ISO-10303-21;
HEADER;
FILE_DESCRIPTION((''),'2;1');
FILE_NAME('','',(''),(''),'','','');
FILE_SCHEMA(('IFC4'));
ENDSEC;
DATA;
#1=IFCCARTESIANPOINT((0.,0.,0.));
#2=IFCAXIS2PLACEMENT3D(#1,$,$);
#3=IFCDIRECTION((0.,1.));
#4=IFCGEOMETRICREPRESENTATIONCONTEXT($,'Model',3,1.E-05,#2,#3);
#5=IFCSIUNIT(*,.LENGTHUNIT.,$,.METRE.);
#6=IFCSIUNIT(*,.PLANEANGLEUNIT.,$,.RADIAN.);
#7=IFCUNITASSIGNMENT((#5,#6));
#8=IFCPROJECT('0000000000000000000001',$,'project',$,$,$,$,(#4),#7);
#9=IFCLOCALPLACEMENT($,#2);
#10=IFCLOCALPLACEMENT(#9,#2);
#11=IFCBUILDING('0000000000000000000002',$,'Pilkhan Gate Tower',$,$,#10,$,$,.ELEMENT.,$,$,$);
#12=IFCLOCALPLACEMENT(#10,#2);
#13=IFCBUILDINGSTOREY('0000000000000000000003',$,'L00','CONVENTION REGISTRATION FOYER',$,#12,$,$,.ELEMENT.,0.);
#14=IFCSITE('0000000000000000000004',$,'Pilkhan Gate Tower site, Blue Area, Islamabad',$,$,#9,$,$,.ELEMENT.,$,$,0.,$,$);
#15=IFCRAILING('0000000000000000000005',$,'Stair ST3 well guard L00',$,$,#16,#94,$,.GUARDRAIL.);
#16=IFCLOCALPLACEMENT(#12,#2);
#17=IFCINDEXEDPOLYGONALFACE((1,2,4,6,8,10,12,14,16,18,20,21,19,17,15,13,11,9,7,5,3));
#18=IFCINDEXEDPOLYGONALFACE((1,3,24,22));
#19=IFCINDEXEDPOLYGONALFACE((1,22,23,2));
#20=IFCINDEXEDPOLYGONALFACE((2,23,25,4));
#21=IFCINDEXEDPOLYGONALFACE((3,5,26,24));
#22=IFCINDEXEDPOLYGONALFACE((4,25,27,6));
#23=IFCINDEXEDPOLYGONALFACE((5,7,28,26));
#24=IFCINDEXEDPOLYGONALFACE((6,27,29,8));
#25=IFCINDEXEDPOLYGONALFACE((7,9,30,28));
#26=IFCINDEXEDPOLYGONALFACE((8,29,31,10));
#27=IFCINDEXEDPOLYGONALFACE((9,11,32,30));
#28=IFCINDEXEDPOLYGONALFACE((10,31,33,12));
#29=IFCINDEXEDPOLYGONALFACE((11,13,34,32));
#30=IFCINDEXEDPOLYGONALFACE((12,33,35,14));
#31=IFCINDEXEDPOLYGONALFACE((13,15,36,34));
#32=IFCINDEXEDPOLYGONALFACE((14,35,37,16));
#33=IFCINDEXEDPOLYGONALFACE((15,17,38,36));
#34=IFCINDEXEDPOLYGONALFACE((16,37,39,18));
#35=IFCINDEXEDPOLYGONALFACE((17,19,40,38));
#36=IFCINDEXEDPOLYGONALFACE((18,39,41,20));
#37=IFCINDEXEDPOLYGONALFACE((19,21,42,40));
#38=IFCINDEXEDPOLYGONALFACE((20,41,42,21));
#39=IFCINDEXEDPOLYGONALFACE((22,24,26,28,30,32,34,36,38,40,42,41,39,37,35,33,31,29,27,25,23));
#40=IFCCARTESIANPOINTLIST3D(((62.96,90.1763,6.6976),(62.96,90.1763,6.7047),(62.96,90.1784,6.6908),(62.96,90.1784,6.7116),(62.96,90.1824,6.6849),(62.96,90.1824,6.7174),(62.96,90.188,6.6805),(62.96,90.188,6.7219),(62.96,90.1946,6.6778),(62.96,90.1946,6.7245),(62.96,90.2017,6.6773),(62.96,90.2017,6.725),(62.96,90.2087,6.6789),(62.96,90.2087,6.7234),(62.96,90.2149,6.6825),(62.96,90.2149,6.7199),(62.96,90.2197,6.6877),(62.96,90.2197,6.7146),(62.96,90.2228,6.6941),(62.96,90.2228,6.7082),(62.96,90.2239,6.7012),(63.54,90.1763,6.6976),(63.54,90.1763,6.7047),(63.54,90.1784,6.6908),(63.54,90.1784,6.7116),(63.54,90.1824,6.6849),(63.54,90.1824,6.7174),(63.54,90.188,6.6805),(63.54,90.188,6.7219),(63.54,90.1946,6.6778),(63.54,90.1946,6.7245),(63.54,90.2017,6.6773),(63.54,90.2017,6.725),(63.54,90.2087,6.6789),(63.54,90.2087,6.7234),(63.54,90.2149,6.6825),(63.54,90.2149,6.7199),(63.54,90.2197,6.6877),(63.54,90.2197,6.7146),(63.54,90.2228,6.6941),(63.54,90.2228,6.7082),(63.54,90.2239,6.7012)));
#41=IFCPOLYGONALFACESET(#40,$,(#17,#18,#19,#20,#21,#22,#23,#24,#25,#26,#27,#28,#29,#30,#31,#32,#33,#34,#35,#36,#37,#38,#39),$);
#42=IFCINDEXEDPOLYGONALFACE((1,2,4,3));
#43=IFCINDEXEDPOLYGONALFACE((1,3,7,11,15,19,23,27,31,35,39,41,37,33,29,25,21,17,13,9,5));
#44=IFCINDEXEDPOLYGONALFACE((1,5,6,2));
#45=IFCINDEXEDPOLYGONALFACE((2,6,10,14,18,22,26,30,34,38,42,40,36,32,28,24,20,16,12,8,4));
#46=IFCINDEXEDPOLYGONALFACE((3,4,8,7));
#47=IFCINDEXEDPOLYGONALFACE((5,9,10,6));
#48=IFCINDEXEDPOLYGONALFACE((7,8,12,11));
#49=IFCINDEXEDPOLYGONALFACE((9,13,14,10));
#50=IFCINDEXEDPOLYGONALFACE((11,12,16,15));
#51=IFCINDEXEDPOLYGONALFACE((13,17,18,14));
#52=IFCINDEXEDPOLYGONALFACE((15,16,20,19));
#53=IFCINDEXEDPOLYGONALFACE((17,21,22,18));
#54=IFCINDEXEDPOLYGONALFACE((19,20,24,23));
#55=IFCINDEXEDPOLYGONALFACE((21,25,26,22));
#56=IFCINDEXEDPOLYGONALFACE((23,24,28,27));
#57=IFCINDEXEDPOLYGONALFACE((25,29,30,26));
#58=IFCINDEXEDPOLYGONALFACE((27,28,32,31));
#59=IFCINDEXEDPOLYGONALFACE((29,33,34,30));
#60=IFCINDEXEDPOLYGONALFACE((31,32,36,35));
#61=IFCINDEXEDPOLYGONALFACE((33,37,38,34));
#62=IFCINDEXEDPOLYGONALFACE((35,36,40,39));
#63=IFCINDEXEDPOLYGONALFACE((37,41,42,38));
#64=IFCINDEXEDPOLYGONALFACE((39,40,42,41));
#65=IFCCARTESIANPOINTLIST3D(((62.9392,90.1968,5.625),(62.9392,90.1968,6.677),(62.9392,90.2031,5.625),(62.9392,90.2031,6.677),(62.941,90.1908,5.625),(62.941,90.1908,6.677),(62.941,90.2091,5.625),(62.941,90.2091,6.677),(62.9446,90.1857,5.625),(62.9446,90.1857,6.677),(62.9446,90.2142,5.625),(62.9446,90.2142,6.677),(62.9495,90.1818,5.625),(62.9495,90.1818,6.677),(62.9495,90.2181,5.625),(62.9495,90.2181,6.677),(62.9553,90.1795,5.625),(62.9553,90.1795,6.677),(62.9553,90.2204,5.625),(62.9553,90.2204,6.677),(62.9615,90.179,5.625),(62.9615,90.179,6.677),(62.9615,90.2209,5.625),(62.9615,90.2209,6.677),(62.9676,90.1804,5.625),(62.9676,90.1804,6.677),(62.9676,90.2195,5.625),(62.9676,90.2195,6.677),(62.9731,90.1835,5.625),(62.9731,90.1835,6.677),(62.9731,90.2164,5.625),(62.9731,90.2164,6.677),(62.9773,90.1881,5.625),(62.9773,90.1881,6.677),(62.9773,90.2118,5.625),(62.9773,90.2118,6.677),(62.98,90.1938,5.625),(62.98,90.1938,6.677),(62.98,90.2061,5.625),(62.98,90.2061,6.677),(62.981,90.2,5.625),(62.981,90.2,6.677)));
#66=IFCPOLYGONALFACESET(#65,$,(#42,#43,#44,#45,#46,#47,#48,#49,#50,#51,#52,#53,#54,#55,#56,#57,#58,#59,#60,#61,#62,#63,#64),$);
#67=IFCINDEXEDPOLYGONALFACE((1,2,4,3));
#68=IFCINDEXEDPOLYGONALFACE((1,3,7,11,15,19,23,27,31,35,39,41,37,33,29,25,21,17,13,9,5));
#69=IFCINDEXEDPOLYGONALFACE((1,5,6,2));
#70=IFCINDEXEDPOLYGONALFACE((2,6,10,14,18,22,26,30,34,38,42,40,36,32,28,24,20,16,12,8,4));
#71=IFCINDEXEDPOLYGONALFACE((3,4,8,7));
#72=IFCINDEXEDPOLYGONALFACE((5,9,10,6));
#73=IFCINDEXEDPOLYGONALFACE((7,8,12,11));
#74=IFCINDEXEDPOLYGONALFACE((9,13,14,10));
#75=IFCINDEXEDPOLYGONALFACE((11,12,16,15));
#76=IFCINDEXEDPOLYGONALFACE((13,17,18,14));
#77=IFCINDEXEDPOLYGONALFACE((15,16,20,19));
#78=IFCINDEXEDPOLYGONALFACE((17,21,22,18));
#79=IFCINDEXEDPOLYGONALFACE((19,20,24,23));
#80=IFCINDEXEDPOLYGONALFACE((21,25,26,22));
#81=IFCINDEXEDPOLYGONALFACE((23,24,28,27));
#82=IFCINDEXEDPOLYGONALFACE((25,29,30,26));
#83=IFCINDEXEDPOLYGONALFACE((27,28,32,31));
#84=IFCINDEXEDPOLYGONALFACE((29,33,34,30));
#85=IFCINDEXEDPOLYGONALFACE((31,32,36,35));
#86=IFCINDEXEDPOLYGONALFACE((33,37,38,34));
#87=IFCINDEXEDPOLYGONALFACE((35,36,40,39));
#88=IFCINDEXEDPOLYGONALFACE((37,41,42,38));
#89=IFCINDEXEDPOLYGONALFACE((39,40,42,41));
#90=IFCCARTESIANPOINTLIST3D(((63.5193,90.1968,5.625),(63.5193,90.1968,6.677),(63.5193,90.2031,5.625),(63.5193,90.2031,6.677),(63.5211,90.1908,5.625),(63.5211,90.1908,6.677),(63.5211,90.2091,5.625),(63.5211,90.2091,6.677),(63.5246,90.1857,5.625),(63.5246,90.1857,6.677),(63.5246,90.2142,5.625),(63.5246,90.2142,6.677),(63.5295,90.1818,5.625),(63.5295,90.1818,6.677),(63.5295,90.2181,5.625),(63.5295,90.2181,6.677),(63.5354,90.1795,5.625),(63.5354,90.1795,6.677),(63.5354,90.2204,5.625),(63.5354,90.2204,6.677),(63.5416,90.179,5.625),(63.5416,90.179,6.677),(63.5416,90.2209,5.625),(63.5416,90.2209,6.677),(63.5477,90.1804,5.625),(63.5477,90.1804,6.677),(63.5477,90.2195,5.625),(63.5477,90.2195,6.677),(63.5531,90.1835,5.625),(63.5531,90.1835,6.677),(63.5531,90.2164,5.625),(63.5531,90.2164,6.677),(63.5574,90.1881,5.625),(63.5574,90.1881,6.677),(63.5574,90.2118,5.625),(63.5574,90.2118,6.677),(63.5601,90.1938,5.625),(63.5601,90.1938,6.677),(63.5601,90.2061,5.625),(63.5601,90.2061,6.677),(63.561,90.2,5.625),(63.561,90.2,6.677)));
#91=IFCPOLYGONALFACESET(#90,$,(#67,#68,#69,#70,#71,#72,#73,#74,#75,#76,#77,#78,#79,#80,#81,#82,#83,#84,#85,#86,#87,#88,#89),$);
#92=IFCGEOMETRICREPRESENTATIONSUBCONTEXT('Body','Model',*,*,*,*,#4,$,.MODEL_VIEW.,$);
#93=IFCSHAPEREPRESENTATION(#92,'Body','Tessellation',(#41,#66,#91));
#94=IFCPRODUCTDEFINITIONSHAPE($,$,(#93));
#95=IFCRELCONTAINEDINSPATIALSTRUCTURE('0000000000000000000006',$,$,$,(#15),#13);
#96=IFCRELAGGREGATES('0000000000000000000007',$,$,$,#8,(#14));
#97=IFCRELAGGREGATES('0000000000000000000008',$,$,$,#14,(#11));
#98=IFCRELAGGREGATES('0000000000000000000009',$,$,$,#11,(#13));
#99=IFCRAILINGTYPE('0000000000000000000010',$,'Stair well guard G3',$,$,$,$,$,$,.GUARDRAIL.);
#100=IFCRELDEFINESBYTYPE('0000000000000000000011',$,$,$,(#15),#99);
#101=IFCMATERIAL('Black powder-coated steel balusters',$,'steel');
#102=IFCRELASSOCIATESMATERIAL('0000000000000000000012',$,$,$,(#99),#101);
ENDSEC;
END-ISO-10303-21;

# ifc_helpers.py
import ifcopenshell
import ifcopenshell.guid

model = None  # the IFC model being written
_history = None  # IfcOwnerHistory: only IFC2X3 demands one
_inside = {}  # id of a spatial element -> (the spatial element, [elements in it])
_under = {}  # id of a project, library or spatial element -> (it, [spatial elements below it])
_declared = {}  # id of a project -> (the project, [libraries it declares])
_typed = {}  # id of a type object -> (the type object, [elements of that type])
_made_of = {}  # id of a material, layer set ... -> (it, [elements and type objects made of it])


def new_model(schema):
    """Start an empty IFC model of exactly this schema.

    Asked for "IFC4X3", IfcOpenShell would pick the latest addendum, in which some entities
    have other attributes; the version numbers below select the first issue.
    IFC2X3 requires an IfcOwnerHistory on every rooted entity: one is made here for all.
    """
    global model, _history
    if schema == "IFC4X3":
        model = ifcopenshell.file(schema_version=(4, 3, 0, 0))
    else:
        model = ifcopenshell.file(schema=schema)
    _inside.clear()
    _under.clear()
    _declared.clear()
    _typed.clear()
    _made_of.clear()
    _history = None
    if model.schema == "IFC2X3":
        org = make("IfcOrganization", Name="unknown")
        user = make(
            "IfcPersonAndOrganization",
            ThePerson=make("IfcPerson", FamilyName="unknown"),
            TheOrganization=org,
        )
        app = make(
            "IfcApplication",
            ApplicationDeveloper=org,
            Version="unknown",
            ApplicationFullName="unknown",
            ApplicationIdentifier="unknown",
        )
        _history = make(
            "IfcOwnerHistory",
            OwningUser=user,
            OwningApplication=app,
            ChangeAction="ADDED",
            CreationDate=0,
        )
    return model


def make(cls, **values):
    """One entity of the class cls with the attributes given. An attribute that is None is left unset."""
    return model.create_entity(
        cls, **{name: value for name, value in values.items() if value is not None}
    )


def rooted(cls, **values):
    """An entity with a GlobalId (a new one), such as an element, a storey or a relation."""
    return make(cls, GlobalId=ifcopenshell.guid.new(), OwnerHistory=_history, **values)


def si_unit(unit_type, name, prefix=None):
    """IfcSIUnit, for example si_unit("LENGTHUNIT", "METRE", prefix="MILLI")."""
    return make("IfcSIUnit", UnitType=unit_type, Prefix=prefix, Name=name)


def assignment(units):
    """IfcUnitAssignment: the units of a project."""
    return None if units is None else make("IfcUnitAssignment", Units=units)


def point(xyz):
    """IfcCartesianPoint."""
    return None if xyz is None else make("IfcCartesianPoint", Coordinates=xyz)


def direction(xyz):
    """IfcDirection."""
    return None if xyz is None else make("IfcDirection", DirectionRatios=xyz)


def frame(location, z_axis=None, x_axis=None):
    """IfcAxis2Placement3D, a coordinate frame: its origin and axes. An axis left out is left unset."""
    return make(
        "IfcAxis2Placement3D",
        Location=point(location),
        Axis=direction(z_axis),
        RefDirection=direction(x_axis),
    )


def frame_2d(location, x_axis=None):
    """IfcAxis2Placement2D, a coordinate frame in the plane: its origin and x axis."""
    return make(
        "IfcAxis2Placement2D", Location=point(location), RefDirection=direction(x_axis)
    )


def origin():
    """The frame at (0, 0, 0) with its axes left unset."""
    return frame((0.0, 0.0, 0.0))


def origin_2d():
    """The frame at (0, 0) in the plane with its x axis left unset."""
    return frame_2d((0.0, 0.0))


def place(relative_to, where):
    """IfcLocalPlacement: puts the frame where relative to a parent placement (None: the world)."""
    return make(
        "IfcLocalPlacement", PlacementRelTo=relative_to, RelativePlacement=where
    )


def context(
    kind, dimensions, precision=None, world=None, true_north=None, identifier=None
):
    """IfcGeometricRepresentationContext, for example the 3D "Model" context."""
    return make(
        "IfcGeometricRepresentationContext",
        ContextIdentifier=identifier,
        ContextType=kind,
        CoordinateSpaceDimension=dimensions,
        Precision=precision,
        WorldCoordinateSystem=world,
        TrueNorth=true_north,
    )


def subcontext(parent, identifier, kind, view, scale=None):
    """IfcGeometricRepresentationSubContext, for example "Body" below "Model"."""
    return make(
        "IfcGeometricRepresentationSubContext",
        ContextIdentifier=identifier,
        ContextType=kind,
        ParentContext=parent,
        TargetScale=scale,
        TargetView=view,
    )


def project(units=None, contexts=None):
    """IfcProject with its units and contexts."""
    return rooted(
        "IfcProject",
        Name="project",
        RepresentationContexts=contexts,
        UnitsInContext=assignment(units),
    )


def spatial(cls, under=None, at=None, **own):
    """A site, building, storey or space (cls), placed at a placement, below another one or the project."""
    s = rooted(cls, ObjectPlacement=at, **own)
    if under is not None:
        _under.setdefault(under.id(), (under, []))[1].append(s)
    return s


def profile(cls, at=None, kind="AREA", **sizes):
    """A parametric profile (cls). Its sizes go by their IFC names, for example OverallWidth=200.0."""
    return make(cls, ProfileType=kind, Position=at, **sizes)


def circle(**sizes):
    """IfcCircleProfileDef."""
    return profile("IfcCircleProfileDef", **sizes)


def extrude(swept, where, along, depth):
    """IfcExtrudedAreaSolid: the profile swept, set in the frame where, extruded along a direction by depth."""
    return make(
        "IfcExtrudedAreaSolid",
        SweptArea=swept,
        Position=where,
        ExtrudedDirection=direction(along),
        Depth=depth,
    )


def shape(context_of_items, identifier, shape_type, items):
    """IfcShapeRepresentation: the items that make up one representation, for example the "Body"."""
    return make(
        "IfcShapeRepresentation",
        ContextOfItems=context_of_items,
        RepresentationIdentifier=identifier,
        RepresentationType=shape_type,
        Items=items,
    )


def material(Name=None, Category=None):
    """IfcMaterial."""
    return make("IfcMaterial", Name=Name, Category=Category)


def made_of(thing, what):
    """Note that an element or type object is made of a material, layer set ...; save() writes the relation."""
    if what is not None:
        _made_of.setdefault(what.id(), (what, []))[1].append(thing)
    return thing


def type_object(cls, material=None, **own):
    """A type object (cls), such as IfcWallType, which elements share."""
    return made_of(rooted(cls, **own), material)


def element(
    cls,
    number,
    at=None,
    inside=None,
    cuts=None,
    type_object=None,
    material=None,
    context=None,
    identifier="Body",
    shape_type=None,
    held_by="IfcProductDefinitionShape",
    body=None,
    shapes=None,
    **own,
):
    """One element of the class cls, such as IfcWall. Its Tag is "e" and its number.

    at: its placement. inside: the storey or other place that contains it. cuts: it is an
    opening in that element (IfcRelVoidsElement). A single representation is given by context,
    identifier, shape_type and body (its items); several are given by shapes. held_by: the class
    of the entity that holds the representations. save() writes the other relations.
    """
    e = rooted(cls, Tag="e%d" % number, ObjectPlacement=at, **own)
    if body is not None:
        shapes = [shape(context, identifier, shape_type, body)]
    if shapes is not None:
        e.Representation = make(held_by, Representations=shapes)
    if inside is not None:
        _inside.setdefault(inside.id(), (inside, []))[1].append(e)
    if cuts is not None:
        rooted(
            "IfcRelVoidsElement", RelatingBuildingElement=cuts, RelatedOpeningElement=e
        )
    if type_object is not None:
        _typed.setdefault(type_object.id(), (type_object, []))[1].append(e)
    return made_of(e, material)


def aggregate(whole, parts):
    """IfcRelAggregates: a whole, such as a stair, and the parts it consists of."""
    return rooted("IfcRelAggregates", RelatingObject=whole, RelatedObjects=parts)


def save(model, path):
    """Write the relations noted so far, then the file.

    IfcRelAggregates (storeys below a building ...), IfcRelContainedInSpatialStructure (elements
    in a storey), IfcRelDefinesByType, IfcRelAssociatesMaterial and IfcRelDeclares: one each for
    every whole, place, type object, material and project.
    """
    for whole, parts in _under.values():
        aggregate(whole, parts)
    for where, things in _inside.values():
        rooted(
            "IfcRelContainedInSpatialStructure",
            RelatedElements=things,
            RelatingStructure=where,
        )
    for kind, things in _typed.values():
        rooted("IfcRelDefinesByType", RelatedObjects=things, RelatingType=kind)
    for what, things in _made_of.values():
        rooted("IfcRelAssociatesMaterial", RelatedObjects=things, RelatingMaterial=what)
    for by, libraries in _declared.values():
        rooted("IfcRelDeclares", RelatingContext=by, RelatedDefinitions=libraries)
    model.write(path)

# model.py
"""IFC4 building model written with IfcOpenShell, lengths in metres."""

from ifc_helpers import new_model, si_unit, direction, frame, origin, origin_2d, place, context, subcontext, project, spatial, circle, extrude, material, type_object, element, save


model = new_model("IFC4")

# Units and contexts
model_context = context("Model", 3, precision=1e-05, world=origin(), true_north=direction((0.0, 1.0)))
body_context = subcontext(model_context, "Body", "Model", "MODEL_VIEW")
ifc_project = project(units=[si_unit("LENGTHUNIT", "METRE"), si_unit("PLANEANGLEUNIT", "RADIAN")], contexts=[model_context])

# Site, building, storey
site_placement = place(None, origin())
site = spatial("IfcSite", under=ifc_project, at=site_placement, Name="Pilkhan Gate Tower site, Blue Area, Islamabad", CompositionType="ELEMENT", RefElevation=0.0)
building_placement = place(site_placement, origin())
building = spatial("IfcBuilding", under=site, at=building_placement, Name="Pilkhan Gate Tower", CompositionType="ELEMENT")
storey_placement = place(building_placement, origin())
storey = spatial("IfcBuildingStorey", under=building, at=storey_placement, Name="L00", Description="CONVENTION REGISTRATION FOYER", CompositionType="ELEMENT", Elevation=0.0)

# Railing
ifc_material_1 = material(Name="Black powder-coated steel balusters", Category="steel")
railing_type_1 = type_object("IfcRailingType", Name="Stair well guard G3", PredefinedType="GUARDRAIL", material=ifc_material_1)
for number, where, name in (
    (1, (62.96, 90.2, 5.625), "Stair ST3 well guard L00"),
):
    element("IfcRailing", number, at=place(storey_placement, frame(where)), inside=storey, type_object=railing_type_1, Name=name, PredefinedType="GUARDRAIL", context=body_context, shape_type="SweptSolid", body=[
        extrude(circle(Radius=0.0239, at=origin_2d()), frame((0.0, 0.0, 1.0762), z_axis=(1.0, 0.0, 0.0), x_axis=(0.0, 1.0, 0.0)), (0.0, 0.0, 1.0), 0.5801),
        extrude(circle(Radius=0.021, at=origin_2d()), origin(), (0.0, 0.0, 1.0), 1.052),
        extrude(circle(Radius=0.021, at=origin_2d()), frame((0.5801, 0.0, 0.0)), (0.0, 0.0, 1.0), 1.052),
    ])

save(model, "model.ifc")
